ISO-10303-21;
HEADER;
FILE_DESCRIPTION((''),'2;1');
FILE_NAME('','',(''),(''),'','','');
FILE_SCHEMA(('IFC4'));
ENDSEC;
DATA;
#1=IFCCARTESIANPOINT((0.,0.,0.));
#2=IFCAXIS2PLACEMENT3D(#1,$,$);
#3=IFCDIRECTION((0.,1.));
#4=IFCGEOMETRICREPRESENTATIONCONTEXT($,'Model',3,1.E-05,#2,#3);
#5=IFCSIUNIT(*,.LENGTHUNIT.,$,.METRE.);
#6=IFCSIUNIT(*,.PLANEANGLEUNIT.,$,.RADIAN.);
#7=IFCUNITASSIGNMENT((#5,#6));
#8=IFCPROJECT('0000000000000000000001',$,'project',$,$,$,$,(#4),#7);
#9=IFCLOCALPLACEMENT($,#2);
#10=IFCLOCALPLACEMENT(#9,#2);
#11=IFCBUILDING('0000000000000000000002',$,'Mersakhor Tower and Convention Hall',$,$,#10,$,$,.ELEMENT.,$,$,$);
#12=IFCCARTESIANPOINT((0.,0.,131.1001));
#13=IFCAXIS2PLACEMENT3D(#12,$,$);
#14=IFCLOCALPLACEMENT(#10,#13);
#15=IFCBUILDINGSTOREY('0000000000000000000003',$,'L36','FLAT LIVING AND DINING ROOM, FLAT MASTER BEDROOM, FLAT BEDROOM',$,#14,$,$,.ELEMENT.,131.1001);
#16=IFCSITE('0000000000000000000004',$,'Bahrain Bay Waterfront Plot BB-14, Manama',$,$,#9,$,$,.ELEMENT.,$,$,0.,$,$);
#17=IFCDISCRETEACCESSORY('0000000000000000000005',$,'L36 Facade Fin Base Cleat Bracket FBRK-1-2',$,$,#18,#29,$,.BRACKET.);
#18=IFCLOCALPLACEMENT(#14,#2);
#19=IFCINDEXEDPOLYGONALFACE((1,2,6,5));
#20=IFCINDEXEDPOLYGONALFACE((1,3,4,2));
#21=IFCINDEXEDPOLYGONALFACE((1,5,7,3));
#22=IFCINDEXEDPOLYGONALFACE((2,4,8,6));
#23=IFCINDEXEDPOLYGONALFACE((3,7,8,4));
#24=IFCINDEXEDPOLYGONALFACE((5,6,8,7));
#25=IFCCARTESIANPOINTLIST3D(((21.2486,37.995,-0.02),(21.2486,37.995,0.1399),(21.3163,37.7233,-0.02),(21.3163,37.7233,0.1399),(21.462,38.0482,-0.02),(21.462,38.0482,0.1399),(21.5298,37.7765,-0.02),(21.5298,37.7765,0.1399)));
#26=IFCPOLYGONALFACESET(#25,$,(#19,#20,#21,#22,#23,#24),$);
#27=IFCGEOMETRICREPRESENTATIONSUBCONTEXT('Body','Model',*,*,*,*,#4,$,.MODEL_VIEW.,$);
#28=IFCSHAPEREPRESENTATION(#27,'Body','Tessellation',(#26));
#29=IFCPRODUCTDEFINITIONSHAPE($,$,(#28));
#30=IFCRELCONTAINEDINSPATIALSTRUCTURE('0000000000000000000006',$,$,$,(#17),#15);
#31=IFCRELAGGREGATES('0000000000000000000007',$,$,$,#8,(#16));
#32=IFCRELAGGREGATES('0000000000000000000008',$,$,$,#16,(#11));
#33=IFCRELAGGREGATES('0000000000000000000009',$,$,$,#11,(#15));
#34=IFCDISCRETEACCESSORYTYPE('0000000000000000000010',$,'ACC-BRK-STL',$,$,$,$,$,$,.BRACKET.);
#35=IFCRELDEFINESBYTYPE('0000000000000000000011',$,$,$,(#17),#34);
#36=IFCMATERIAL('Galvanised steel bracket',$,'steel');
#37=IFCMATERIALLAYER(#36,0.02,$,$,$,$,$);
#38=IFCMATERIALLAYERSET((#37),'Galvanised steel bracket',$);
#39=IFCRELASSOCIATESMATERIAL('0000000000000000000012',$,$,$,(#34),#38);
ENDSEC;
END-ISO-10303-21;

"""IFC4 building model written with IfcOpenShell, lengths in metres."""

from ifc_helpers import new_model, si_unit, direction, frame, origin, origin_2d, place, context, subcontext, project, spatial, rectangle, extrude, material, layer, layer_set, type_object, element, save


model = new_model("IFC4")

# Units and contexts
model_context = context("Model", 3, precision=1e-05, world=origin(), true_north=direction((0.0, 1.0)))
body_context = subcontext(model_context, "Body", "Model", "MODEL_VIEW")
ifc_project = project(units=[si_unit("LENGTHUNIT", "METRE"), si_unit("PLANEANGLEUNIT", "RADIAN")], contexts=[model_context])

# Site, building, storey
site_placement = place(None, origin())
site = spatial("IfcSite", under=ifc_project, at=site_placement, Name="Bahrain Bay Waterfront Plot BB-14, Manama", CompositionType="ELEMENT", RefElevation=0.0)
building_placement = place(site_placement, origin())
building = spatial("IfcBuilding", under=site, at=building_placement, Name="Mersakhor Tower and Convention Hall", CompositionType="ELEMENT")
storey_placement = place(building_placement, frame((0.0, 0.0, 131.1001)))
storey = spatial("IfcBuildingStorey", under=building, at=storey_placement, Name="L36", Description="FLAT LIVING AND DINING ROOM, FLAT MASTER BEDROOM, FLAT BEDROOM", CompositionType="ELEMENT", Elevation=131.1001)

# Discrete accessory
ifc_material_1 = material(Name="Galvanised steel bracket", Category="steel")
ifc_layer_1 = layer(ifc_material_1, 0.02)
ifc_layer_set_1 = layer_set([ifc_layer_1], Name="Galvanised steel bracket")
discrete_accessory_type = type_object("IfcDiscreteAccessoryType", Name="ACC-BRK-STL", PredefinedType="BRACKET", material=ifc_layer_set_1)
discrete_accessory_1_placement = place(storey_placement, frame((21.3892, 37.8857, -0.02), z_axis=(0.0, 0.0, 1.0), x_axis=(-0.241922, 0.970296, 0.0)))
element("IfcDiscreteAccessory", 1, at=discrete_accessory_1_placement, inside=storey, type_object=discrete_accessory_type, Name="L36 Facade Fin Base Cleat Bracket FBRK-1-2", PredefinedType="BRACKET", context=body_context, shape_type="SweptSolid", body=[
    extrude(rectangle(XDim=0.28, YDim=0.22, at=origin_2d()), origin(), (0.0, 0.0, 1.0), 0.1599),
])

save(model, "model.ifc")
